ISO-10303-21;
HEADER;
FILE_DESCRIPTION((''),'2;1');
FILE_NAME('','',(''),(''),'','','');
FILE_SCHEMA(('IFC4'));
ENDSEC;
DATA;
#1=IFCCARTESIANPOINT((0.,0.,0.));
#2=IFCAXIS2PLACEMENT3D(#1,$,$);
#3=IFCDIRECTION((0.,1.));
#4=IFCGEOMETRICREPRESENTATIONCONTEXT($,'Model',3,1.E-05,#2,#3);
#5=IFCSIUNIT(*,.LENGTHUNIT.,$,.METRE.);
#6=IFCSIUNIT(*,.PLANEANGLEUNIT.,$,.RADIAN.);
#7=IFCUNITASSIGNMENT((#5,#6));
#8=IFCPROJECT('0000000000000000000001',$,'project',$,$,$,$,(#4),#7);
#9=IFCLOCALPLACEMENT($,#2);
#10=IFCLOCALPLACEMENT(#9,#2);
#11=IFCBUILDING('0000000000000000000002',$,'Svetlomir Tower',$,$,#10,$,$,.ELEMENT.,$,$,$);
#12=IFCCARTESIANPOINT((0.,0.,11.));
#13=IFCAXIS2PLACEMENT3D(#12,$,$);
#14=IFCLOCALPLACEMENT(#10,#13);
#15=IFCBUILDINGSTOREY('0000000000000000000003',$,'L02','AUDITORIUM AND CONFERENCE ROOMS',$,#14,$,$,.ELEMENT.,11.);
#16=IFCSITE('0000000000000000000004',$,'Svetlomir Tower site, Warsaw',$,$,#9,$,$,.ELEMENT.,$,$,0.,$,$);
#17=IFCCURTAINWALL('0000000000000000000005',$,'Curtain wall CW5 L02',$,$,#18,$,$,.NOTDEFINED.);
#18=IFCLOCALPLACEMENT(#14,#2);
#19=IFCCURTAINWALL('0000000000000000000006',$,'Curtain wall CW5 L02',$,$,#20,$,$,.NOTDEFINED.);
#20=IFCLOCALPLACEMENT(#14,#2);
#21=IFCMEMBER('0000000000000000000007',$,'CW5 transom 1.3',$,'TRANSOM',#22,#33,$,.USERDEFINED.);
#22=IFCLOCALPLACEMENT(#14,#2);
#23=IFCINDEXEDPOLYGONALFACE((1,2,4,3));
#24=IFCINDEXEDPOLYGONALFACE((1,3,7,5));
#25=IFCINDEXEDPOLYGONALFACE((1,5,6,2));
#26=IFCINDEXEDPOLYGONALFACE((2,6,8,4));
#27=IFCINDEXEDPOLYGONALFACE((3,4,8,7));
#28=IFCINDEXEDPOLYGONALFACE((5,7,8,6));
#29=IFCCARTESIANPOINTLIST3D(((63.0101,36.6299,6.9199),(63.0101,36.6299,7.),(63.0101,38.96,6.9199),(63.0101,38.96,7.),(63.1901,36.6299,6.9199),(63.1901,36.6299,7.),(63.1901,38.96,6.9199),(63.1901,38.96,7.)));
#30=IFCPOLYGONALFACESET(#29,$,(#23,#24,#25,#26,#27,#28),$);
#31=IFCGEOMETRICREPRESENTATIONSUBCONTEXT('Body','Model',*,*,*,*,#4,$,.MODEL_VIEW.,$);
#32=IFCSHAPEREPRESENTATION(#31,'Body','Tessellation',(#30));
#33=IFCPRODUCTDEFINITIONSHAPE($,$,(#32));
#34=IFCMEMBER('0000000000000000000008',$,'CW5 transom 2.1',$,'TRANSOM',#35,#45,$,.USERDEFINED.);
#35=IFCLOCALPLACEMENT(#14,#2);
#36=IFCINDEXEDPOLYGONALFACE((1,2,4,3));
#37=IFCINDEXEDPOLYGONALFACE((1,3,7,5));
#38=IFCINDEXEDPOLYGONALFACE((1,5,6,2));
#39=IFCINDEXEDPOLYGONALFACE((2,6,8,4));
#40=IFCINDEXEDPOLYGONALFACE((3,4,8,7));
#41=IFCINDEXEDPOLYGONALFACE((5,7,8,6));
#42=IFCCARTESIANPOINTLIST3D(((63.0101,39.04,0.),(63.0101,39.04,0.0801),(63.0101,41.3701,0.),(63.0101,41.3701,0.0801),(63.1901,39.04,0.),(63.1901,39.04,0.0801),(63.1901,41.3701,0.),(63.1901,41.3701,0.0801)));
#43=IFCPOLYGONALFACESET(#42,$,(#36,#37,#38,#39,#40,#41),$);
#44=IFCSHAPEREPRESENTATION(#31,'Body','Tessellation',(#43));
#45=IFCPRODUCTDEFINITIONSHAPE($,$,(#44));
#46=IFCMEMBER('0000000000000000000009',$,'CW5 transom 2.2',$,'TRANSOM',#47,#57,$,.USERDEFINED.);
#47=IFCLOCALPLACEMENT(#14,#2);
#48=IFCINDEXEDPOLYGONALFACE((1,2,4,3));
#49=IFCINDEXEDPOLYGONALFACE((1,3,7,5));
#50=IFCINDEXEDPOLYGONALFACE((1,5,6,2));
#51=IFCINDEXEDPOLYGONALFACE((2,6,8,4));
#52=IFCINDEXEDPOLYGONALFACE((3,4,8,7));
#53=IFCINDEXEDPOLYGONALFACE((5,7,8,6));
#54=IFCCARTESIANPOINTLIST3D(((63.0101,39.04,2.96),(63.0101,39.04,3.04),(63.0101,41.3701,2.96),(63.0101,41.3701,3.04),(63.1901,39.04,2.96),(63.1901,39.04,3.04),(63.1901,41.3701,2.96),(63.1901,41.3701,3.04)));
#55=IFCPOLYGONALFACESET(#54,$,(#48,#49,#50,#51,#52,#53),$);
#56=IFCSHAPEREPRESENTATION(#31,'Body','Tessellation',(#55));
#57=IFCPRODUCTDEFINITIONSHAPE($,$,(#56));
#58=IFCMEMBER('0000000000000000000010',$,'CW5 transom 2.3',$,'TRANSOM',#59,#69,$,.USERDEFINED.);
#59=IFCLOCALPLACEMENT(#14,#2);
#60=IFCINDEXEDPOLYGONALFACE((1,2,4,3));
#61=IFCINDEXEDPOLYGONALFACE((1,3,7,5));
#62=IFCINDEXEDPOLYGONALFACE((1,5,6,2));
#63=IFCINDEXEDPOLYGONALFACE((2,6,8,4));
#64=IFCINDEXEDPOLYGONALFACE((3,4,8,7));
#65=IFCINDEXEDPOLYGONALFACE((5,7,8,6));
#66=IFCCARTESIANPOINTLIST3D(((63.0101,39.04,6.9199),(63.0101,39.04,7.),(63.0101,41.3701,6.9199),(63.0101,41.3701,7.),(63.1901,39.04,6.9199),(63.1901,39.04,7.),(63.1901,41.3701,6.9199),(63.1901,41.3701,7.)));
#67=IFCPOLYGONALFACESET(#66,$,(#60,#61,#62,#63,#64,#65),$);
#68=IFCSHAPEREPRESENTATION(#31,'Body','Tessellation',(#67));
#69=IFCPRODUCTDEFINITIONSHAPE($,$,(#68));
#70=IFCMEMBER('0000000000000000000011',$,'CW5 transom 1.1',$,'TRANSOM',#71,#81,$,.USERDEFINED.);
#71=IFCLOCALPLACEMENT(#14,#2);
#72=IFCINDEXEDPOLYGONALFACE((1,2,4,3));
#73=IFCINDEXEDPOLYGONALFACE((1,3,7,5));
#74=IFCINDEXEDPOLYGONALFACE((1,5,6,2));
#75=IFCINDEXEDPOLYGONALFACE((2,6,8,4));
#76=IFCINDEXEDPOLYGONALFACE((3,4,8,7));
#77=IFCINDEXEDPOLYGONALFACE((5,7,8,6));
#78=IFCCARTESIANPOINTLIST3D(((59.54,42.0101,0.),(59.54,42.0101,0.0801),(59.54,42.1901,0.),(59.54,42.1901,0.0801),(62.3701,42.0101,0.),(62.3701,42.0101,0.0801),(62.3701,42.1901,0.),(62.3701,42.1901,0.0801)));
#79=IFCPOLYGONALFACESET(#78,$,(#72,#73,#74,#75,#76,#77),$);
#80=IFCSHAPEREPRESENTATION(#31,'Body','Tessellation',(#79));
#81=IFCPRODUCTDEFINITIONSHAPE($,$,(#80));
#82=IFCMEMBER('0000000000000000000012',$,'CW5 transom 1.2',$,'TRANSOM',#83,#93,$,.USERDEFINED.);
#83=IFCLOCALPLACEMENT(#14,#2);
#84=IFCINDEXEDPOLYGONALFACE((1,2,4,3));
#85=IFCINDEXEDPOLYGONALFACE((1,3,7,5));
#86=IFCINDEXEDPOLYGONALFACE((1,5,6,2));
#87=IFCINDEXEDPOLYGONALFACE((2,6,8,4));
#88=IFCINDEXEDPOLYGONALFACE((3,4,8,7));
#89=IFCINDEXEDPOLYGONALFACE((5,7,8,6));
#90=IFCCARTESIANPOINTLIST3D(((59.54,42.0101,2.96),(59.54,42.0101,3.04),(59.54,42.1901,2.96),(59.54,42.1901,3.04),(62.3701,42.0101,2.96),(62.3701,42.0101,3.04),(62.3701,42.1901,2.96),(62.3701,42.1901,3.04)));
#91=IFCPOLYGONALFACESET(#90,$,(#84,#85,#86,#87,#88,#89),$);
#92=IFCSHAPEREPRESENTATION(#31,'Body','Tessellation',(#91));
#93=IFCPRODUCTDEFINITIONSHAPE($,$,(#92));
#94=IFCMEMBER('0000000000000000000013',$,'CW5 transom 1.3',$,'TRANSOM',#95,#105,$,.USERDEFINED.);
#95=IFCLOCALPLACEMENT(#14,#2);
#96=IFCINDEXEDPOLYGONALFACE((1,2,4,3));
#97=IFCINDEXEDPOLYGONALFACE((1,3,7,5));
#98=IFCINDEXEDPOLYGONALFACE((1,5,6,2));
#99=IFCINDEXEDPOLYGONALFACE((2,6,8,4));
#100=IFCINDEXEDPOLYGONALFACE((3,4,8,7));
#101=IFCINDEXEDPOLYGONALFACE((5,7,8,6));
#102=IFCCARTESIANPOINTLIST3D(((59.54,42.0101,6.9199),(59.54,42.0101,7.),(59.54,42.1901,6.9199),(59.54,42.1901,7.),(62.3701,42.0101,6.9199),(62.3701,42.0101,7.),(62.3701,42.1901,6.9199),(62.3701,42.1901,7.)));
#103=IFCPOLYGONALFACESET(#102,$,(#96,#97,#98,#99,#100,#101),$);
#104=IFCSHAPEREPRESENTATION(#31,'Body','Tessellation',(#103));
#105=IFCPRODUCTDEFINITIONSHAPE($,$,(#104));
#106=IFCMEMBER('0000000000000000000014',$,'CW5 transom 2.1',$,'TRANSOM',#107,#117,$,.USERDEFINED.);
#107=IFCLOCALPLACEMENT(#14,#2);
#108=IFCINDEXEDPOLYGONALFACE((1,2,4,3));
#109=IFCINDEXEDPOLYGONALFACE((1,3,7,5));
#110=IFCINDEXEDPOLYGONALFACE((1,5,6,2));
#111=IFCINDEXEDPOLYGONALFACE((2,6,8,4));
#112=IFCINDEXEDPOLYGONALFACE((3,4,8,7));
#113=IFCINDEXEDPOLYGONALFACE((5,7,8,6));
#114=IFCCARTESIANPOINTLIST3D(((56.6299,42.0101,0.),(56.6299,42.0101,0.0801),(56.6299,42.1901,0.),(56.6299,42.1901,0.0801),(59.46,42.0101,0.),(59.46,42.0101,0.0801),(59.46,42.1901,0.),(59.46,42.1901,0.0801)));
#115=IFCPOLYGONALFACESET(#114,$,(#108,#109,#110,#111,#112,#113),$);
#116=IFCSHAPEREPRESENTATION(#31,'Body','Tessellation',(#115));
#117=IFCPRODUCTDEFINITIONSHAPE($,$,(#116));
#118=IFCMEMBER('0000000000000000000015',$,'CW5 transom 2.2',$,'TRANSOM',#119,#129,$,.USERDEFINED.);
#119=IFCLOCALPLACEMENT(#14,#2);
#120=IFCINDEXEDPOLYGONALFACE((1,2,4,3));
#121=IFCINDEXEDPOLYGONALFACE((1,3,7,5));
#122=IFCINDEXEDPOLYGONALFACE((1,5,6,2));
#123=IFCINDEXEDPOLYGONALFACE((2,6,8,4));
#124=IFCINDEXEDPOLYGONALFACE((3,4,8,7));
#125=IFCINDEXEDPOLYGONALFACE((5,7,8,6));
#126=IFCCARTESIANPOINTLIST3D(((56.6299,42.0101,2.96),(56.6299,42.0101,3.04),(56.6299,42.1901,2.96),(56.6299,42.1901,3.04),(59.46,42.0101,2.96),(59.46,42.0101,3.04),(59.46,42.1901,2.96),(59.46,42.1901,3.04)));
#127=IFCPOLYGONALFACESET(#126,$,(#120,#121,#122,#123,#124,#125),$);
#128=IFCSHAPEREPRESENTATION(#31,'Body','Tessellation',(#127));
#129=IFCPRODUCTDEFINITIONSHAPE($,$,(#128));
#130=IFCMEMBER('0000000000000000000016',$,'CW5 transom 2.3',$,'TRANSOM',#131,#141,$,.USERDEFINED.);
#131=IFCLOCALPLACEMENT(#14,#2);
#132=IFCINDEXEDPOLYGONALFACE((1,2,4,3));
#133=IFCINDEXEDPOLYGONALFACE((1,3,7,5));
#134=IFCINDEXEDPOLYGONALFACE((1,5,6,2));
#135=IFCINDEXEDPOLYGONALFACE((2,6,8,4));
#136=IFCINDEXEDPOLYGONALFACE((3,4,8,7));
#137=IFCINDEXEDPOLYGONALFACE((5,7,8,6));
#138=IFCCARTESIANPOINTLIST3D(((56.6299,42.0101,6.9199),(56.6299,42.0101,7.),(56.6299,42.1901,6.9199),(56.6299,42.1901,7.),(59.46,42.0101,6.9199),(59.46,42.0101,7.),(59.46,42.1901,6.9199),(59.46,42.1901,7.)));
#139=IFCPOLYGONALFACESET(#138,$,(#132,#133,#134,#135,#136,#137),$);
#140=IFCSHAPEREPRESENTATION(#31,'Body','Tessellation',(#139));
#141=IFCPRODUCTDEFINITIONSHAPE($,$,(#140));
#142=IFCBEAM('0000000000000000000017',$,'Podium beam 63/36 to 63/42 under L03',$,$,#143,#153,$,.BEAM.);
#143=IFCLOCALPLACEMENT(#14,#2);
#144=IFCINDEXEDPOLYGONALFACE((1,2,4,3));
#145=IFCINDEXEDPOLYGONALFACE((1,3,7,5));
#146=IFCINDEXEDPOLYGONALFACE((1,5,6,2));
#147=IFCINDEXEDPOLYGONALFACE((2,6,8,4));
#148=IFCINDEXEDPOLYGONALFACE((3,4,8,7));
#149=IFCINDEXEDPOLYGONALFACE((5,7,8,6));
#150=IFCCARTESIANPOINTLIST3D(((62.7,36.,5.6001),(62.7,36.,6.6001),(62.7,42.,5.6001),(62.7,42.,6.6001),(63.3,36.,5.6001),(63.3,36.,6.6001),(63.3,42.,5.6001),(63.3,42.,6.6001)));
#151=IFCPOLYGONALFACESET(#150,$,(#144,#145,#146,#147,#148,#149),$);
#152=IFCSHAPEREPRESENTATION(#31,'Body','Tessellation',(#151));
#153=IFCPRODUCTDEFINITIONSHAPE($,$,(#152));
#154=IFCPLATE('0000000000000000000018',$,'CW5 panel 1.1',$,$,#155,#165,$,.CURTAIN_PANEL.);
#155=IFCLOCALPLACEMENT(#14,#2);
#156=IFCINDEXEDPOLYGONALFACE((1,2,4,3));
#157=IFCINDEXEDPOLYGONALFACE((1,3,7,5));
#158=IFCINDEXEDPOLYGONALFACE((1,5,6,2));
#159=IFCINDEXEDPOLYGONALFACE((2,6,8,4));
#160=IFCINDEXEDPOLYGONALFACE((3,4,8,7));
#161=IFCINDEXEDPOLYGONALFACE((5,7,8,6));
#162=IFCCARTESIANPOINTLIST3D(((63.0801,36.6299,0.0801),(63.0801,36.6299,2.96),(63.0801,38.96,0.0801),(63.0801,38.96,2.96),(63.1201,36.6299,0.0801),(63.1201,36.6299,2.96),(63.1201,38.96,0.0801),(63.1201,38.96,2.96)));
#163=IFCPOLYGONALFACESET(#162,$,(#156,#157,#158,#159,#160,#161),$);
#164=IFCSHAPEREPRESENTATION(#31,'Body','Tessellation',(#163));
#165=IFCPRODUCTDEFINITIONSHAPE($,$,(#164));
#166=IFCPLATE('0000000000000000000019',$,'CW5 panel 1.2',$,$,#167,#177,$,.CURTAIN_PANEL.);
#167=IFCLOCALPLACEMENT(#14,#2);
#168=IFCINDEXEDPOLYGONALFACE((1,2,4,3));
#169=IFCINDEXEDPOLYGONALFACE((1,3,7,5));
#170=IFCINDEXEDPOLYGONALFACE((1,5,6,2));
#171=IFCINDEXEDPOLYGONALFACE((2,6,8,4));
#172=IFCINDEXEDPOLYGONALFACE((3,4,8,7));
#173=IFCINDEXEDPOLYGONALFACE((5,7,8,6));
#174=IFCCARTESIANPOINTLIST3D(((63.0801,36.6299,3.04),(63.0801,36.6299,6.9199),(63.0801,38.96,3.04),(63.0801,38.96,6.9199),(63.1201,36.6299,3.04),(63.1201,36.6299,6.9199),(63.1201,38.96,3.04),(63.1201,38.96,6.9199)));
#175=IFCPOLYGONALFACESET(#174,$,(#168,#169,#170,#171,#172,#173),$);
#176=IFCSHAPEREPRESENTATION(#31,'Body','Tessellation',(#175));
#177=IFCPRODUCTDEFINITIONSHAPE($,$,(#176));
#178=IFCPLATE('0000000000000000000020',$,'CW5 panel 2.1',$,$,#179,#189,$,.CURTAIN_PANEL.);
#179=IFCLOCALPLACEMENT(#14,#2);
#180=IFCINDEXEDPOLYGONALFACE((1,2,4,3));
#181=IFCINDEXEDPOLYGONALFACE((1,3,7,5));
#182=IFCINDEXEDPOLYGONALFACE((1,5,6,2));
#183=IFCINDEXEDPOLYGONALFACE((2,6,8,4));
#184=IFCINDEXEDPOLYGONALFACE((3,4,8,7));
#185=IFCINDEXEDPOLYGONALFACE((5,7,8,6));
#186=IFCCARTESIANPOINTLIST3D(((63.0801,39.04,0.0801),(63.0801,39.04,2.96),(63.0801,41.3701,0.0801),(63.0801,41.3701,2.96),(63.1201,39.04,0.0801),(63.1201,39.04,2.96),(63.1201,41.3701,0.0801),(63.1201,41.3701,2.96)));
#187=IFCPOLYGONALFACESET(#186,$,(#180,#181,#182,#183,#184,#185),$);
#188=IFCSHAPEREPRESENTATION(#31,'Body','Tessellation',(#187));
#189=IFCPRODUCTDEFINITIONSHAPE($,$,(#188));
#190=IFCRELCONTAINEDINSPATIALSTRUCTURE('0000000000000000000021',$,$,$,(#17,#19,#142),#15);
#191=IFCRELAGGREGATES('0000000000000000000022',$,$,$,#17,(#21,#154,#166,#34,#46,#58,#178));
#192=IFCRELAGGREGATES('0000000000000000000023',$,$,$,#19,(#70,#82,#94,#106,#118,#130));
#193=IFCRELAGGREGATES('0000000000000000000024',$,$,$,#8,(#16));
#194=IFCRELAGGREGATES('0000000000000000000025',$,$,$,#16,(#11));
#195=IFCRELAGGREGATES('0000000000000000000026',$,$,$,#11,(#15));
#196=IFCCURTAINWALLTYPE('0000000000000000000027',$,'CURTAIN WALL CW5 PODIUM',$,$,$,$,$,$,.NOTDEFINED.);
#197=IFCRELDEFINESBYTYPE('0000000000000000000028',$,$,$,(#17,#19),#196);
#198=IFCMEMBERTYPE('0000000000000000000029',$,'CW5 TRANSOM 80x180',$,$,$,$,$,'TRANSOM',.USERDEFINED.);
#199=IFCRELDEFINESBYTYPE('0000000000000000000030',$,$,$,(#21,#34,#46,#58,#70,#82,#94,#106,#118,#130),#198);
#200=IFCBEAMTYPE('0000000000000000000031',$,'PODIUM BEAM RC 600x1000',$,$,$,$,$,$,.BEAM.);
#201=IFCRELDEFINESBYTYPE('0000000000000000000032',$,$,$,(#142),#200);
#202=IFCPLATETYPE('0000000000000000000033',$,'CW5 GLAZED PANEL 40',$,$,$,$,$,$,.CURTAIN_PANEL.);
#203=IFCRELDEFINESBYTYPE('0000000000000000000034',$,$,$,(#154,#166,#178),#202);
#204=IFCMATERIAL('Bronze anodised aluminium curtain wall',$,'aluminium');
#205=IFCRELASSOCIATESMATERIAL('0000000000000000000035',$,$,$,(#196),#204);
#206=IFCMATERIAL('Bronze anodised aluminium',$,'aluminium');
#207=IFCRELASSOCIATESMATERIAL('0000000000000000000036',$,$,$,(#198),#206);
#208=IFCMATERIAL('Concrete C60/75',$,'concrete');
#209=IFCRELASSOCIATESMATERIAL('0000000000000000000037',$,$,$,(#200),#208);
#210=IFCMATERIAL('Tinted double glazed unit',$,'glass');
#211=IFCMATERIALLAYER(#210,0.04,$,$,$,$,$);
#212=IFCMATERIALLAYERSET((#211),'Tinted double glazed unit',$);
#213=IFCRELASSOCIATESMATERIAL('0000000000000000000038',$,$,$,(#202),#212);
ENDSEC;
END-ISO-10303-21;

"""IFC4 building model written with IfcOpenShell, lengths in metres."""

from ifc_helpers import new_model, si_unit, direction, frame, origin, origin_2d, place, context, subcontext, project, spatial, rectangle, extrude, material, layer, layer_set, material_profile, profile_set, type_object, element, aggregate, save


model = new_model("IFC4")

# Units and contexts
model_context = context("Model", 3, precision=1e-05, world=origin(), true_north=direction((0.0, 1.0)))
body_context = subcontext(model_context, "Body", "Model", "MODEL_VIEW")
ifc_project = project(units=[si_unit("LENGTHUNIT", "METRE"), si_unit("PLANEANGLEUNIT", "RADIAN")], contexts=[model_context])

# Site, building, storey
site_placement = place(None, origin())
site = spatial("IfcSite", under=ifc_project, at=site_placement, Name="Svetlomir Tower site, Warsaw", CompositionType="ELEMENT", RefElevation=0.0)
building_placement = place(site_placement, origin())
building = spatial("IfcBuilding", under=site, at=building_placement, Name="Svetlomir Tower", CompositionType="ELEMENT")
storey_placement = place(building_placement, frame((0.0, 0.0, 11.0)))
storey = spatial("IfcBuildingStorey", under=building, at=storey_placement, Name="L02", Description="AUDITORIUM AND CONFERENCE ROOMS", CompositionType="ELEMENT", Elevation=11.0)

# Curtain walls
ifc_material_1 = material(Name="Bronze anodised aluminium curtain wall", Category="aluminium")
curtain_wall_type = type_object("IfcCurtainWallType", Name="CURTAIN WALL CW5 PODIUM", PredefinedType="NOTDEFINED", material=ifc_material_1)
curtain_wall_1_placement = place(storey_placement, origin())
curtain_wall_1 = element("IfcCurtainWall", 1, at=curtain_wall_1_placement, inside=storey, type_object=curtain_wall_type, Name="Curtain wall CW5 L02", PredefinedType="NOTDEFINED")
curtain_wall_2_placement = place(storey_placement, origin())
curtain_wall_2 = element("IfcCurtainWall", 2, at=curtain_wall_2_placement, inside=storey, type_object=curtain_wall_type, Name="Curtain wall CW5 L02", PredefinedType="NOTDEFINED")

# Members
ifc_material_2 = material(Name="Bronze anodised aluminium", Category="aluminium")
ifc_material_profile_1 = material_profile(ifc_material_2, rectangle(XDim=0.1799, YDim=0.0801, at=origin_2d()), Name="AL 180x80")
ifc_profile_set_1 = profile_set([ifc_material_profile_1], Name="Bronze anodised aluminium 6063-T6")
member_type_1 = type_object("IfcMemberType", Name="CW5 TRANSOM 80x180", ElementType="TRANSOM", PredefinedType="USERDEFINED", material=ifc_profile_set_1)
member_1_placement = place(storey_placement, frame((63.1001, 36.6299, 6.96), z_axis=(0.0, 1.0, 0.0), x_axis=(-1.0, 0.0, 0.0)))
member_1 = element("IfcMember", 3, at=member_1_placement, type_object=member_type_1, Name="CW5 transom 1.3", ObjectType="TRANSOM", PredefinedType="USERDEFINED", context=body_context, shape_type="SweptSolid", body=[
    extrude(rectangle(XDim=0.1799, YDim=0.0801, at=origin_2d()), origin(), (0.0, 0.0, 1.0), 2.3301),
])
member_2_placement = place(storey_placement, frame((63.1001, 39.04, 0.04), z_axis=(0.0, 1.0, 0.0), x_axis=(-1.0, 0.0, 0.0)))
member_2 = element("IfcMember", 4, at=member_2_placement, type_object=member_type_1, Name="CW5 transom 2.1", ObjectType="TRANSOM", PredefinedType="USERDEFINED", context=body_context, shape_type="SweptSolid", body=[
    extrude(rectangle(XDim=0.1799, YDim=0.0801, at=origin_2d()), origin(), (0.0, 0.0, 1.0), 2.3301),
])
member_3_placement = place(storey_placement, frame((63.1001, 39.04, 3.0), z_axis=(0.0, 1.0, 0.0), x_axis=(-1.0, 0.0, 0.0)))
member_3 = element("IfcMember", 5, at=member_3_placement, type_object=member_type_1, Name="CW5 transom 2.2", ObjectType="TRANSOM", PredefinedType="USERDEFINED", context=body_context, shape_type="SweptSolid", body=[
    extrude(rectangle(XDim=0.1799, YDim=0.0801, at=origin_2d()), origin(), (0.0, 0.0, 1.0), 2.3301),
])
member_4_placement = place(storey_placement, frame((63.1001, 39.04, 6.96), z_axis=(0.0, 1.0, 0.0), x_axis=(-1.0, 0.0, 0.0)))
member_4 = element("IfcMember", 6, at=member_4_placement, type_object=member_type_1, Name="CW5 transom 2.3", ObjectType="TRANSOM", PredefinedType="USERDEFINED", context=body_context, shape_type="SweptSolid", body=[
    extrude(rectangle(XDim=0.1799, YDim=0.0801, at=origin_2d()), origin(), (0.0, 0.0, 1.0), 2.3301),
])
member_5_placement = place(storey_placement, frame((62.3701, 42.1001, 0.04), z_axis=(-1.0, 0.0, 0.0), x_axis=(0.0, -1.0, 0.0)))
member_5 = element("IfcMember", 7, at=member_5_placement, type_object=member_type_1, Name="CW5 transom 1.1", ObjectType="TRANSOM", PredefinedType="USERDEFINED", context=body_context, shape_type="SweptSolid", body=[
    extrude(rectangle(XDim=0.1799, YDim=0.0801, at=origin_2d()), origin(), (0.0, 0.0, 1.0), 2.8301),
])
member_6_placement = place(storey_placement, frame((62.3701, 42.1001, 3.0), z_axis=(-1.0, 0.0, 0.0), x_axis=(0.0, -1.0, 0.0)))
member_6 = element("IfcMember", 8, at=member_6_placement, type_object=member_type_1, Name="CW5 transom 1.2", ObjectType="TRANSOM", PredefinedType="USERDEFINED", context=body_context, shape_type="SweptSolid", body=[
    extrude(rectangle(XDim=0.1799, YDim=0.0801, at=origin_2d()), origin(), (0.0, 0.0, 1.0), 2.8301),
])
member_7_placement = place(storey_placement, frame((62.3701, 42.1001, 6.96), z_axis=(-1.0, 0.0, 0.0), x_axis=(0.0, -1.0, 0.0)))
member_7 = element("IfcMember", 9, at=member_7_placement, type_object=member_type_1, Name="CW5 transom 1.3", ObjectType="TRANSOM", PredefinedType="USERDEFINED", context=body_context, shape_type="SweptSolid", body=[
    extrude(rectangle(XDim=0.1799, YDim=0.0801, at=origin_2d()), origin(), (0.0, 0.0, 1.0), 2.8301),
])
member_8_placement = place(storey_placement, frame((59.46, 42.1001, 0.04), z_axis=(-1.0, 0.0, 0.0), x_axis=(0.0, -1.0, 0.0)))
member_8 = element("IfcMember", 10, at=member_8_placement, type_object=member_type_1, Name="CW5 transom 2.1", ObjectType="TRANSOM", PredefinedType="USERDEFINED", context=body_context, shape_type="SweptSolid", body=[
    extrude(rectangle(XDim=0.1799, YDim=0.0801, at=origin_2d()), origin(), (0.0, 0.0, 1.0), 2.8301),
])
member_9_placement = place(storey_placement, frame((59.46, 42.1001, 3.0), z_axis=(-1.0, 0.0, 0.0), x_axis=(0.0, -1.0, 0.0)))
member_9 = element("IfcMember", 11, at=member_9_placement, type_object=member_type_1, Name="CW5 transom 2.2", ObjectType="TRANSOM", PredefinedType="USERDEFINED", context=body_context, shape_type="SweptSolid", body=[
    extrude(rectangle(XDim=0.1799, YDim=0.0801, at=origin_2d()), origin(), (0.0, 0.0, 1.0), 2.8301),
])
member_10_placement = place(storey_placement, frame((59.46, 42.1001, 6.96), z_axis=(-1.0, 0.0, 0.0), x_axis=(0.0, -1.0, 0.0)))
member_10 = element("IfcMember", 12, at=member_10_placement, type_object=member_type_1, Name="CW5 transom 2.3", ObjectType="TRANSOM", PredefinedType="USERDEFINED", context=body_context, shape_type="SweptSolid", body=[
    extrude(rectangle(XDim=0.1799, YDim=0.0801, at=origin_2d()), origin(), (0.0, 0.0, 1.0), 2.8301),
])

# Beam
ifc_material_3 = material(Name="Concrete C60/75", Category="concrete")
ifc_material_profile_2 = material_profile(ifc_material_3, rectangle(XDim=0.6001, YDim=1.0, at=origin_2d()), Name="RC 600x1000")
ifc_profile_set_2 = profile_set([ifc_material_profile_2], Name="Concrete C60/75")
beam_type = type_object("IfcBeamType", Name="PODIUM BEAM RC 600x1000", PredefinedType="BEAM", material=ifc_profile_set_2)
beam_placement = place(storey_placement, frame((63.0, 36.0, 6.1001), z_axis=(0.0, 1.0, 0.0), x_axis=(-1.0, 0.0, 0.0)))
element("IfcBeam", 13, at=beam_placement, inside=storey, type_object=beam_type, Name="Podium beam 63/36 to 63/42 under L03", PredefinedType="BEAM", context=body_context, shape_type="SweptSolid", body=[
    extrude(rectangle(XDim=0.6001, YDim=1.0, at=origin_2d()), origin(), (0.0, 0.0, 1.0), 6.0),
])

# Plates
ifc_material_4 = material(Name="Tinted double glazed unit", Category="glass")
ifc_layer = layer(ifc_material_4, 0.04)
ifc_layer_set = layer_set([ifc_layer], Name="Tinted double glazed unit")
plate_type = type_object("IfcPlateType", Name="CW5 GLAZED PANEL 40", PredefinedType="CURTAIN_PANEL", material=ifc_layer_set)
plate_1_placement = place(storey_placement, frame((63.1001, 37.7949, 0.0801), z_axis=(0.0, 0.0, 1.0), x_axis=(0.0, 1.0, 0.0)))
plate_1 = element("IfcPlate", 14, at=plate_1_placement, type_object=plate_type, Name="CW5 panel 1.1", PredefinedType="CURTAIN_PANEL", context=body_context, shape_type="SweptSolid", body=[
    extrude(rectangle(XDim=2.3301, YDim=0.04, at=origin_2d()), origin(), (0.0, 0.0, 1.0), 2.8799),
])
plate_2_placement = place(storey_placement, frame((63.1001, 37.7949, 3.04), z_axis=(0.0, 0.0, 1.0), x_axis=(0.0, 1.0, 0.0)))
plate_2 = element("IfcPlate", 15, at=plate_2_placement, type_object=plate_type, Name="CW5 panel 1.2", PredefinedType="CURTAIN_PANEL", context=body_context, shape_type="SweptSolid", body=[
    extrude(rectangle(XDim=2.3301, YDim=0.04, at=origin_2d()), origin(), (0.0, 0.0, 1.0), 3.8799),
])
plate_3_placement = place(storey_placement, frame((63.1001, 40.2051, 0.0801), z_axis=(0.0, 0.0, 1.0), x_axis=(0.0, 1.0, 0.0)))
plate_3 = element("IfcPlate", 16, at=plate_3_placement, type_object=plate_type, Name="CW5 panel 2.1", PredefinedType="CURTAIN_PANEL", context=body_context, shape_type="SweptSolid", body=[
    extrude(rectangle(XDim=2.3301, YDim=0.04, at=origin_2d()), origin(), (0.0, 0.0, 1.0), 2.8799),
])
aggregate(curtain_wall_1, [member_1, plate_1, plate_2, member_2, member_3, member_4, plate_3])
aggregate(curtain_wall_2, [member_5, member_6, member_7, member_8, member_9, member_10])

save(model, "model.ifc")
